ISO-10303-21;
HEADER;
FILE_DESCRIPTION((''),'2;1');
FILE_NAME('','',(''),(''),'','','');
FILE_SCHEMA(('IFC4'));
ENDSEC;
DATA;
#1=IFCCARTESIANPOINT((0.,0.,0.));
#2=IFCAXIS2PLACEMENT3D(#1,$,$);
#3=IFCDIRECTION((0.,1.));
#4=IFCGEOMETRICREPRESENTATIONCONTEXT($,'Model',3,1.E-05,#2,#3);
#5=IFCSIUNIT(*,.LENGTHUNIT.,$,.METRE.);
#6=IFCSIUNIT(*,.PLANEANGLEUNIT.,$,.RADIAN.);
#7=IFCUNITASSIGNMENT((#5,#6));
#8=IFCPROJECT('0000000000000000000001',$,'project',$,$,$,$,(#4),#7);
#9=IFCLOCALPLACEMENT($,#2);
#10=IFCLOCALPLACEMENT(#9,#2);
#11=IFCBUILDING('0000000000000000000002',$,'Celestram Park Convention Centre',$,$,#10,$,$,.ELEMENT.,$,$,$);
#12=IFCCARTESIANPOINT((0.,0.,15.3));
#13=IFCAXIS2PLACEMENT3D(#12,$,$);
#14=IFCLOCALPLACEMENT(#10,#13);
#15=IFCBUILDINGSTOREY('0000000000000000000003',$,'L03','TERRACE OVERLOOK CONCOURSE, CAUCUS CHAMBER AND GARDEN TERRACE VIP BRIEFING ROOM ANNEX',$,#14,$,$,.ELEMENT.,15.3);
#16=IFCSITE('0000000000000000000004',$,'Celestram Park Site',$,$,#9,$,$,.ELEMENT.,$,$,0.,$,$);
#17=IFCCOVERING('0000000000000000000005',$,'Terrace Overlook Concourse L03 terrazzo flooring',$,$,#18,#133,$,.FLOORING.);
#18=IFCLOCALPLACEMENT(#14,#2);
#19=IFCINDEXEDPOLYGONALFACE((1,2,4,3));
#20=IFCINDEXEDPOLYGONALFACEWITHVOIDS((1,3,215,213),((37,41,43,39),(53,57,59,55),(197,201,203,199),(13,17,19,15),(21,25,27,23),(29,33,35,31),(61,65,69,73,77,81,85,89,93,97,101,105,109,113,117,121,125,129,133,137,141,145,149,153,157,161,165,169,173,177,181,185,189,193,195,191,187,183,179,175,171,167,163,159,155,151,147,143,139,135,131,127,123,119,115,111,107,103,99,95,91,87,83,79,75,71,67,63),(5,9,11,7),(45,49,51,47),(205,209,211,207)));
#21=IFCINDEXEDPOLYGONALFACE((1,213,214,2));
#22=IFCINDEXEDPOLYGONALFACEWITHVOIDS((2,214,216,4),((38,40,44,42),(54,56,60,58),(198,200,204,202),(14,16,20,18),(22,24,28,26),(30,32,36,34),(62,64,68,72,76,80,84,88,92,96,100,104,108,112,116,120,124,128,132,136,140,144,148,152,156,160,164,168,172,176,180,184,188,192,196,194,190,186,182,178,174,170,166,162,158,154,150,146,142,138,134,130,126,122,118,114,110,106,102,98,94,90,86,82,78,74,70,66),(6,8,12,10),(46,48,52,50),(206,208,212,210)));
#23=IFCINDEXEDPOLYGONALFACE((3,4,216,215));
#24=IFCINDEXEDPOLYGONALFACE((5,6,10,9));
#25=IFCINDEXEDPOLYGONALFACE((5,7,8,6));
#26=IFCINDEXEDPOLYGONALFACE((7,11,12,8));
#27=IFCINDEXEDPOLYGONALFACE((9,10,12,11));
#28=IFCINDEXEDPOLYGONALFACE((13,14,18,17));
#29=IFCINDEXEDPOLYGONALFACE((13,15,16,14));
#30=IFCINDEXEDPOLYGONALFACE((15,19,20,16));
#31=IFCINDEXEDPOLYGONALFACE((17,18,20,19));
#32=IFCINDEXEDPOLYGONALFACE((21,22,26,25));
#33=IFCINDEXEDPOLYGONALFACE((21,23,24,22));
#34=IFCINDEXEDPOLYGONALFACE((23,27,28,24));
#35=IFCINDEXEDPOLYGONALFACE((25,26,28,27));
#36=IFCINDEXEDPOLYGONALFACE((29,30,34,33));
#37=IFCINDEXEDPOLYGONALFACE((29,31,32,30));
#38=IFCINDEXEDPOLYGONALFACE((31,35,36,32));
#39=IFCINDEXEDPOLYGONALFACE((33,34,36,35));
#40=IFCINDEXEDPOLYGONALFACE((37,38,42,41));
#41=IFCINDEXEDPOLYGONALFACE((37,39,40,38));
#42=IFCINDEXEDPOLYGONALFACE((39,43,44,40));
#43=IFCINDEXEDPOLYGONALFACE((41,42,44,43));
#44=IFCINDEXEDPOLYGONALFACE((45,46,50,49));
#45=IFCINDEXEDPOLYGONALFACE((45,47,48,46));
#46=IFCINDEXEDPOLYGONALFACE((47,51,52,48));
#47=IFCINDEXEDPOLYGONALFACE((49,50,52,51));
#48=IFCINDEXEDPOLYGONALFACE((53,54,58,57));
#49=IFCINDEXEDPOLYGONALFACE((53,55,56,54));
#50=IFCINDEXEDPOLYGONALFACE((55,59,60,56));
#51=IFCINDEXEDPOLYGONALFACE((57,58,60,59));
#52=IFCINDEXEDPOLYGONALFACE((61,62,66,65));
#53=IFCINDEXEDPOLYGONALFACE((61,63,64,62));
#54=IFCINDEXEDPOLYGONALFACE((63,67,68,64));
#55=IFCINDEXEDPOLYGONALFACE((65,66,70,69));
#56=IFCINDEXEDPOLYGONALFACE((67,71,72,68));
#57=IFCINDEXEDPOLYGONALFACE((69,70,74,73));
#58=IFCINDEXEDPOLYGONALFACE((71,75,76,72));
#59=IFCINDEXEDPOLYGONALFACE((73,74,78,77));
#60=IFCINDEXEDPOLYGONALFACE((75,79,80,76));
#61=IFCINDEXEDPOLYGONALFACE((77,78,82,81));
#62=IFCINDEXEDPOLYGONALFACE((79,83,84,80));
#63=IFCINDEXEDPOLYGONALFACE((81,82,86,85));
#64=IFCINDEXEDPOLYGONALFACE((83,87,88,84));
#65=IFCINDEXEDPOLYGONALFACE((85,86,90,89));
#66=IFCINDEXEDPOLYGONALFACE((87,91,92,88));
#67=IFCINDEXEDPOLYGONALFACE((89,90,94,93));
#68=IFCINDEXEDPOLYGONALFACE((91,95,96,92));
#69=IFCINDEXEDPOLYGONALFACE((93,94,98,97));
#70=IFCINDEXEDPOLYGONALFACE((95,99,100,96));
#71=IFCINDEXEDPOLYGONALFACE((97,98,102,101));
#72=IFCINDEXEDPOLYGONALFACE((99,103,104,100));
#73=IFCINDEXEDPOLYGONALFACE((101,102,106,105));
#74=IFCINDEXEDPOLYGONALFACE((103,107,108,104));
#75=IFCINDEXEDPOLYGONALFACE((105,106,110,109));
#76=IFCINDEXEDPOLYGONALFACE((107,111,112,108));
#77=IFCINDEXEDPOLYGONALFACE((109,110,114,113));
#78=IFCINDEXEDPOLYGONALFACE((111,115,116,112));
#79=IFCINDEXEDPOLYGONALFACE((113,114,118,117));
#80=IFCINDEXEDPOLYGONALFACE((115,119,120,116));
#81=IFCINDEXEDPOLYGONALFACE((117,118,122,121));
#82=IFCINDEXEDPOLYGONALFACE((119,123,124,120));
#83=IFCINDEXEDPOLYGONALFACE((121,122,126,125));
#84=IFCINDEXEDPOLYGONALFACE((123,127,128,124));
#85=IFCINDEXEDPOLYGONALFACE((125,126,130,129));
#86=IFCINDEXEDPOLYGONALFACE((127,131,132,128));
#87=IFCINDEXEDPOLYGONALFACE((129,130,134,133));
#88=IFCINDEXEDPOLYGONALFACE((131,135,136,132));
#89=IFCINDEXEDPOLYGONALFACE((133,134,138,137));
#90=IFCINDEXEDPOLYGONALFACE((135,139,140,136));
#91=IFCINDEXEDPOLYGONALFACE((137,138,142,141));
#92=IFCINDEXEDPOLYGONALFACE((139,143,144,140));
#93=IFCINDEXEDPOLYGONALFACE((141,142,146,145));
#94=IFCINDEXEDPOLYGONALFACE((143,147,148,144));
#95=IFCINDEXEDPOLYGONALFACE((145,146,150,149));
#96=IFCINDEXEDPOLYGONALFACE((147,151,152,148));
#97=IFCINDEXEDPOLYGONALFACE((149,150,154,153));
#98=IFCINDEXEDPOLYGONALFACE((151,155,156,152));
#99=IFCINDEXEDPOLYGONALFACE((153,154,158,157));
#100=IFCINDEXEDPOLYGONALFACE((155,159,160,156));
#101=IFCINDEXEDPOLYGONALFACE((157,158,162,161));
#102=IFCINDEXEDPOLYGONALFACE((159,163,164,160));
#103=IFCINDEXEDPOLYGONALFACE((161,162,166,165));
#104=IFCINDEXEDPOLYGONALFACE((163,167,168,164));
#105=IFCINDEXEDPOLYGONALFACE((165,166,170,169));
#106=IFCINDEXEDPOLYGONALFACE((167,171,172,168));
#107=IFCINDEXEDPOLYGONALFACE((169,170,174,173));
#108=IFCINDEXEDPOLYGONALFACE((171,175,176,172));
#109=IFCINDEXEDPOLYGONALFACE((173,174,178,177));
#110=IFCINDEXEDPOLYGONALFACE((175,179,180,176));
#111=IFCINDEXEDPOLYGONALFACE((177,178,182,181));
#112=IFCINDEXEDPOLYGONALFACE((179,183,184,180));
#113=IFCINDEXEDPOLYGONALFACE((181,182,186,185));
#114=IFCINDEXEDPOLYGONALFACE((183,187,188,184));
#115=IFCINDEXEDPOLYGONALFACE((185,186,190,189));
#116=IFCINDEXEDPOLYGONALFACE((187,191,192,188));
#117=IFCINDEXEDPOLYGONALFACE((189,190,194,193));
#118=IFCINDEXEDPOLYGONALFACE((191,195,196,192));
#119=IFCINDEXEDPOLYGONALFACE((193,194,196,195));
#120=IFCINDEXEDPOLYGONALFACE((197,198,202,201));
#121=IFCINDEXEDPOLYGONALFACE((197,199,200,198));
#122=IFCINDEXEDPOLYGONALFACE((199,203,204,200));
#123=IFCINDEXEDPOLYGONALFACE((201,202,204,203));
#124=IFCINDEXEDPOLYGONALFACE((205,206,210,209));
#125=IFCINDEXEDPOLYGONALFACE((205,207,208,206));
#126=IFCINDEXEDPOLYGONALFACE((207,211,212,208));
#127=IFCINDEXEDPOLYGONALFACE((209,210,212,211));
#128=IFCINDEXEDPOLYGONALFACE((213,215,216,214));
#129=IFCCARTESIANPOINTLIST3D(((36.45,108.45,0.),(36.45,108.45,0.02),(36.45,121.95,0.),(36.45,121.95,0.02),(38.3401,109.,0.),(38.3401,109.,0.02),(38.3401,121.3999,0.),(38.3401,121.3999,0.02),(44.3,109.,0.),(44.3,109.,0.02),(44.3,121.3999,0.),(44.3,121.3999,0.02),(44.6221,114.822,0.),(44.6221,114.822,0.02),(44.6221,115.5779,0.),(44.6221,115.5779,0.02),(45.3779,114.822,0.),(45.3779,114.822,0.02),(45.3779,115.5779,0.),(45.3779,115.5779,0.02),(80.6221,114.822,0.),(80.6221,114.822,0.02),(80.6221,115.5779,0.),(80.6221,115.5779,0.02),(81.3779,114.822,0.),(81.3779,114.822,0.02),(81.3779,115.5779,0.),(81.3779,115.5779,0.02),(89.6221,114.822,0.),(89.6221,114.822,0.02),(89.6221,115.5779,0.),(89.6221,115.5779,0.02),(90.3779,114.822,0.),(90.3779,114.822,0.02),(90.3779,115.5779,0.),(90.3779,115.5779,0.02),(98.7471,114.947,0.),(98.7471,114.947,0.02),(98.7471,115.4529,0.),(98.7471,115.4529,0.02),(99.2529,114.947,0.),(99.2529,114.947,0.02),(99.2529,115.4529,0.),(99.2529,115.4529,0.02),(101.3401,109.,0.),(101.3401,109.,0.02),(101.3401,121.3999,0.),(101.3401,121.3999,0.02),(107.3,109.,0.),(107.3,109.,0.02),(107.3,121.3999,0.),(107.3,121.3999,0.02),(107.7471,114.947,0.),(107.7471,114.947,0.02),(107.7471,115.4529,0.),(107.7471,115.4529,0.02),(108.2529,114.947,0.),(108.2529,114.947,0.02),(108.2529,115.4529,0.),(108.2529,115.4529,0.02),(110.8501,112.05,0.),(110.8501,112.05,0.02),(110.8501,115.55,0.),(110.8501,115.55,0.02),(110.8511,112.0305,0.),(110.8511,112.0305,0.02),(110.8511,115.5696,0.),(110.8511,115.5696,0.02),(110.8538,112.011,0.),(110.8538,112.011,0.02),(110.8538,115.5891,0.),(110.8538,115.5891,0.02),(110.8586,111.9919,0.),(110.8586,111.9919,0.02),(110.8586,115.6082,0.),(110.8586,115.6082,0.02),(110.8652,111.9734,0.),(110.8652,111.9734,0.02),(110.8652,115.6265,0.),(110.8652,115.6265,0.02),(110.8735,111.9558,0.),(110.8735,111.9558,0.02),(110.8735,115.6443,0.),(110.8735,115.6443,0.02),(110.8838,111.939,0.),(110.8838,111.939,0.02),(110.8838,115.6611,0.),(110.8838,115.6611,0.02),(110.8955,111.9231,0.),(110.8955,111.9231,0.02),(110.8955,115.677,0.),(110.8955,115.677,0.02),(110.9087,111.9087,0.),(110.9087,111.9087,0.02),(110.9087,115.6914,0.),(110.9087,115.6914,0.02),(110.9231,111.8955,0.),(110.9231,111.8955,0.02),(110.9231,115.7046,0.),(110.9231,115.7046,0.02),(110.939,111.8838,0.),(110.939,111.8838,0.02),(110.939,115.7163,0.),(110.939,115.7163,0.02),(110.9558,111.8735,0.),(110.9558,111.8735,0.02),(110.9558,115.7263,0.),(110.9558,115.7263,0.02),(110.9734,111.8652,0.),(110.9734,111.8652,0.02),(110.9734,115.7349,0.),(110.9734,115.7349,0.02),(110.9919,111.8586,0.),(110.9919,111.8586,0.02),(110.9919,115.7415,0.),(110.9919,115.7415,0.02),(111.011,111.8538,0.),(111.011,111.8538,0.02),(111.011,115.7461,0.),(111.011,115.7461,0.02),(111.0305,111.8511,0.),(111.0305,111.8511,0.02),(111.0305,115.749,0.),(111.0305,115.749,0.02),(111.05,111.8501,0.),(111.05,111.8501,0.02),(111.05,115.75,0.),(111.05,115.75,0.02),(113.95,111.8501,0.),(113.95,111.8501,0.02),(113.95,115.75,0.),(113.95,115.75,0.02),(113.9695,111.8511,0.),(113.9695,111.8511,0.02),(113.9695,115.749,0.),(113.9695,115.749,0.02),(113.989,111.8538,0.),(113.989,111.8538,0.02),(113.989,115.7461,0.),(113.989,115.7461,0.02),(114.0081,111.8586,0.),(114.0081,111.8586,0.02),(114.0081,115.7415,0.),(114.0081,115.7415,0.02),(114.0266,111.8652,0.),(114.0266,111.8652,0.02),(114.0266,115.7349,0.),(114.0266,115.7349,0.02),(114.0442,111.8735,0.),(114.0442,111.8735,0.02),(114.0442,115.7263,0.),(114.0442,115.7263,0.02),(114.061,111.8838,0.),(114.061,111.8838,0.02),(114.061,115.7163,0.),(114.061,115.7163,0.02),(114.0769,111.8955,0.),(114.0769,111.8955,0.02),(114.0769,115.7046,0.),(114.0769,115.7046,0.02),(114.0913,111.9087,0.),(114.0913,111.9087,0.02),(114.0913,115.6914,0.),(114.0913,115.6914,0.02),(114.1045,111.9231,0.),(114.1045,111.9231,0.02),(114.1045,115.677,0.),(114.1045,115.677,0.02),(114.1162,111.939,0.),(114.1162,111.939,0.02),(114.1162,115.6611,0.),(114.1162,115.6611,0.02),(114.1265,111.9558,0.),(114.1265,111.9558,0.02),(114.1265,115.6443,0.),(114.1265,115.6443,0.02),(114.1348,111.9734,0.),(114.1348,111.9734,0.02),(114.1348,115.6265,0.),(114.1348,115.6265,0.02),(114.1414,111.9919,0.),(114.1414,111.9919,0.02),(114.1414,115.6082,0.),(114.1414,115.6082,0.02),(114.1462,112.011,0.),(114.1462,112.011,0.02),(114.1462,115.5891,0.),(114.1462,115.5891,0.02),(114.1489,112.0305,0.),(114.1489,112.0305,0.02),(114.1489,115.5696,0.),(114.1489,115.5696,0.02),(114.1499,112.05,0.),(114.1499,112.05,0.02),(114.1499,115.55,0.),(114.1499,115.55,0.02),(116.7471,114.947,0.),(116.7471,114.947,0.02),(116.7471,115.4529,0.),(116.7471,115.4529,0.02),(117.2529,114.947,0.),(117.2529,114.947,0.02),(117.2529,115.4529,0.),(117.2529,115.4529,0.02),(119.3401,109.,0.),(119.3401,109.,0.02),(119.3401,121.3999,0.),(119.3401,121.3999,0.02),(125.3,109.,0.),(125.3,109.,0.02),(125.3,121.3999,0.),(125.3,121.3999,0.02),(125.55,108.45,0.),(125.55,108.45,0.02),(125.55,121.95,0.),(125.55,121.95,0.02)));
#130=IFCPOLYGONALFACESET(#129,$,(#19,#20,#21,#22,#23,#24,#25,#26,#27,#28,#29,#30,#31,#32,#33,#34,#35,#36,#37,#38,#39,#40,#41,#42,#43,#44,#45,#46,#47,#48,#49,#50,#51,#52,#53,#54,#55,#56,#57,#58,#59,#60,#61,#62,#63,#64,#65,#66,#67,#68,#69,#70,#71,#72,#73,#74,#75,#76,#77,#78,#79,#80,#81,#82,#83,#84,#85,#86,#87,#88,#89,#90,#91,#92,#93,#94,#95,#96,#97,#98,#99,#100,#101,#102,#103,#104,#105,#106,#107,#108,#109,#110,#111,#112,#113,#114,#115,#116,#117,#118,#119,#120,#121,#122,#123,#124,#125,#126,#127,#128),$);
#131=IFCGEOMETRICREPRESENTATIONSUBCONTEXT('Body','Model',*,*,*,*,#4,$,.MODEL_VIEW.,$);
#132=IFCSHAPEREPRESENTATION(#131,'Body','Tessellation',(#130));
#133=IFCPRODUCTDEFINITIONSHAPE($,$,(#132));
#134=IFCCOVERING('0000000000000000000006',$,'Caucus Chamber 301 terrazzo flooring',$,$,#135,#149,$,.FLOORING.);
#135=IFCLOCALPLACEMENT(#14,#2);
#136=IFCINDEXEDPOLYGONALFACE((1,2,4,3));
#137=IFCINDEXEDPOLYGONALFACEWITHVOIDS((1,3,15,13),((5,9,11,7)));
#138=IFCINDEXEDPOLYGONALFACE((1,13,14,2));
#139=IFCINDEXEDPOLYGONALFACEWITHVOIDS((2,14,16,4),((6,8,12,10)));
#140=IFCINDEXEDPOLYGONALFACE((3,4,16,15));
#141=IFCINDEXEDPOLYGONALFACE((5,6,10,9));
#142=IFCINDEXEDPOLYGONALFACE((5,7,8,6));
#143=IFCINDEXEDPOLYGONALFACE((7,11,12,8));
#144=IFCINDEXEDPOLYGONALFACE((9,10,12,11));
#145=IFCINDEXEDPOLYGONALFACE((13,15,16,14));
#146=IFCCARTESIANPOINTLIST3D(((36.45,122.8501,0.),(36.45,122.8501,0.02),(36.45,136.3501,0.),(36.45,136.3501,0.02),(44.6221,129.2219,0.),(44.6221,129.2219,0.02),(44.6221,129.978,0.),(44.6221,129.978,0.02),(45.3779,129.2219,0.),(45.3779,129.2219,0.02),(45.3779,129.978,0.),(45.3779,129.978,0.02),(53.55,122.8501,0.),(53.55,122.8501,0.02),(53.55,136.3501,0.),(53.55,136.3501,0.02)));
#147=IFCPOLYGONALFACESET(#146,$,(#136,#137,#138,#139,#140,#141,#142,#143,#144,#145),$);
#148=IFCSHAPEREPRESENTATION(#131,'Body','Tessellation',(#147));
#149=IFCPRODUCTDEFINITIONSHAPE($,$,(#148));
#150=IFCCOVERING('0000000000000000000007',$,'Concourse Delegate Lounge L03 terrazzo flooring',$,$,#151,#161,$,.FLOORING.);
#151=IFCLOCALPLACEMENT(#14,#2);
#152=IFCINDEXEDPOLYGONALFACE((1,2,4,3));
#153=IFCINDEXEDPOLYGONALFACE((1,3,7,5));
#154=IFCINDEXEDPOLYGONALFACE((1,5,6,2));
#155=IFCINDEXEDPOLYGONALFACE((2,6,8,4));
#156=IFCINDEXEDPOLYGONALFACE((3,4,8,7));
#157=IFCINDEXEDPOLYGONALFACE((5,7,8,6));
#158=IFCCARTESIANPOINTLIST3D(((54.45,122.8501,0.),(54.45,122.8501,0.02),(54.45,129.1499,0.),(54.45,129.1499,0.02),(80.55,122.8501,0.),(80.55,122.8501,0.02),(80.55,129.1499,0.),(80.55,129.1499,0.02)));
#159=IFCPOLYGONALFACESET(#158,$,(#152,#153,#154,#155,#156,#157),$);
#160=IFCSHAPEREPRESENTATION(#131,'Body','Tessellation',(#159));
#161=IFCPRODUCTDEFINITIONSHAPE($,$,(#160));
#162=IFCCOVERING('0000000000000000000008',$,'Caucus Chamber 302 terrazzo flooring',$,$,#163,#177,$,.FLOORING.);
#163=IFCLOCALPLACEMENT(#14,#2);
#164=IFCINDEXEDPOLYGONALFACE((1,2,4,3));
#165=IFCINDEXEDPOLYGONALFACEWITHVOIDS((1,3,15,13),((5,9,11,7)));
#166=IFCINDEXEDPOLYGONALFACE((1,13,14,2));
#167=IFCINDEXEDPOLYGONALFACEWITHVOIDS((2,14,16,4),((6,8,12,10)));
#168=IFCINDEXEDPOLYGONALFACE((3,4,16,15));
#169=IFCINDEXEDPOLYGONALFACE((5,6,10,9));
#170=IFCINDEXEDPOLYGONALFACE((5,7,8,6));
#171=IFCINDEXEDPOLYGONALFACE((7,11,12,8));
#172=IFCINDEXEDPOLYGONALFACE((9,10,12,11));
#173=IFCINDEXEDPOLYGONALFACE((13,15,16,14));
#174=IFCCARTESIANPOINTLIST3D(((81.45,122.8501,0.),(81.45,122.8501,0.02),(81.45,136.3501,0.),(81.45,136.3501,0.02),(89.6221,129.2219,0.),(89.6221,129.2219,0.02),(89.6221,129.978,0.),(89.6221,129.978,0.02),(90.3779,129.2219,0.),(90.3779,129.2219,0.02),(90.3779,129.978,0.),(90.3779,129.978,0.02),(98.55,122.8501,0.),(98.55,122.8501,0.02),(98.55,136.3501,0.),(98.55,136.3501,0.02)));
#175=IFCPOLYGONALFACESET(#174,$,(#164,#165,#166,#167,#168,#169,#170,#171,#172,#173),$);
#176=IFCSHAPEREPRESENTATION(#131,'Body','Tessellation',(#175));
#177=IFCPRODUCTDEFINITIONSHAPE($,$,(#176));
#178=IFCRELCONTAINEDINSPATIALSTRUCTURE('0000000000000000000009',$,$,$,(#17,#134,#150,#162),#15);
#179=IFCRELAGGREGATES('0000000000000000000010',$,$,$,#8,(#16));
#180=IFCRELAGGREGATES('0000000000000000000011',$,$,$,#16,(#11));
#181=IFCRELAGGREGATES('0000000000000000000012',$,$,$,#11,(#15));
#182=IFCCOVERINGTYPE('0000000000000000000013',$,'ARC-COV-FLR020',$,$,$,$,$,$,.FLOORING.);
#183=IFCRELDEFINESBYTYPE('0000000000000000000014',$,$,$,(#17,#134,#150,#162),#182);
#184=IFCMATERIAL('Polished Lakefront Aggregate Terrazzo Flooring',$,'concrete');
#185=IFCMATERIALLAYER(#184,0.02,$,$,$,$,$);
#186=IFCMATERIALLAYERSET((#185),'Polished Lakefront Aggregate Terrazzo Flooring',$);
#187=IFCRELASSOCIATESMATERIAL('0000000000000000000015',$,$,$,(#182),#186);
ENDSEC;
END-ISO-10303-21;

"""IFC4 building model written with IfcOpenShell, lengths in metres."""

from ifc_helpers import new_model, si_unit, direction, frame, origin, place, context, subcontext, project, spatial, polyline, outline, extrude, material, layer, layer_set, type_object, element, save


model = new_model("IFC4")

# Units and contexts
model_context = context("Model", 3, precision=1e-05, world=origin(), true_north=direction((0.0, 1.0)))
body_context = subcontext(model_context, "Body", "Model", "MODEL_VIEW")
ifc_project = project(units=[si_unit("LENGTHUNIT", "METRE"), si_unit("PLANEANGLEUNIT", "RADIAN")], contexts=[model_context])

# Site, building, storey
site_placement = place(None, origin())
site = spatial("IfcSite", under=ifc_project, at=site_placement, Name="Celestram Park Site", CompositionType="ELEMENT", RefElevation=0.0)
building_placement = place(site_placement, origin())
building = spatial("IfcBuilding", under=site, at=building_placement, Name="Celestram Park Convention Centre", CompositionType="ELEMENT")
storey_placement = place(building_placement, frame((0.0, 0.0, 15.3)))
storey = spatial("IfcBuildingStorey", under=building, at=storey_placement, Name="L03", Description="TERRACE OVERLOOK CONCOURSE, CAUCUS CHAMBER AND GARDEN TERRACE VIP BRIEFING ROOM ANNEX", CompositionType="ELEMENT", Elevation=15.3)

# Coverings
ifc_material_1 = material(Name="Polished Lakefront Aggregate Terrazzo Flooring", Category="concrete")
ifc_layer_1 = layer(ifc_material_1, 0.02)
ifc_layer_set_1 = layer_set([ifc_layer_1], Name="Polished Lakefront Aggregate Terrazzo Flooring")
covering_type_1 = type_object("IfcCoveringType", Name="ARC-COV-FLR020", PredefinedType="FLOORING", material=ifc_layer_set_1)
covering_1_placement = place(storey_placement, origin())
element("IfcCovering", 1, at=covering_1_placement, inside=storey, type_object=covering_type_1, Name="Terrace Overlook Concourse L03 terrazzo flooring", PredefinedType="FLOORING", context=body_context, shape_type="SweptSolid", body=[
    extrude(outline(polyline([(125.55, 121.95), (125.55, 108.45), (36.45, 108.45), (36.45, 121.95), (125.55, 121.95)]), holes=[polyline([(114.1414, 115.6082), (114.1348, 115.6265), (114.1265, 115.6443), (114.1162, 115.6611), (114.1045, 115.677), (114.0913, 115.6914), (114.0769, 115.7046), (114.061, 115.7163), (114.0442, 115.7263), (114.0266, 115.7349), (114.0081, 115.7415), (113.989, 115.7461), (113.9695, 115.749), (113.95, 115.75), (111.05, 115.75), (111.0305, 115.749), (111.011, 115.7461), (110.9919, 115.7415), (110.9734, 115.7349), (110.9558, 115.7263), (110.939, 115.7163), (110.9231, 115.7046), (110.9087, 115.6914), (110.8955, 115.677), (110.8838, 115.6611), (110.8735, 115.6443), (110.8652, 115.6265), (110.8586, 115.6082), (110.8538, 115.5891), (110.8511, 115.5696), (110.8501, 115.55), (110.8501, 112.05), (110.8511, 112.0305), (110.8538, 112.011), (110.8586, 111.9919), (110.8652, 111.9734), (110.8735, 111.9558), (110.8838, 111.939), (110.8955, 111.9231), (110.9087, 111.9087), (110.9231, 111.8955), (110.939, 111.8838), (110.9558, 111.8735), (110.9734, 111.8652), (110.9919, 111.8586), (111.011, 111.8538), (111.0305, 111.8511), (111.05, 111.8501), (113.95, 111.8501), (113.9695, 111.8511), (113.989, 111.8538), (114.0081, 111.8586), (114.0266, 111.8652), (114.0442, 111.8735), (114.061, 111.8838), (114.0769, 111.8955), (114.0913, 111.9087), (114.1045, 111.9231), (114.1162, 111.939), (114.1265, 111.9558), (114.1348, 111.9734), (114.1414, 111.9919), (114.1462, 112.011), (114.1489, 112.0305), (114.1499, 112.05), (114.1499, 115.55), (114.1489, 115.5696), (114.1462, 115.5891), (114.1414, 115.6082)]), polyline([(38.3401, 121.3999), (38.3401, 109.0), (44.3, 109.0), (44.3, 121.3999), (38.3401, 121.3999)]), polyline([(107.3, 121.3999), (101.3401, 121.3999), (101.3401, 109.0), (107.3, 109.0), (107.3, 121.3999)]), polyline([(125.3, 121.3999), (119.3401, 121.3999), (119.3401, 109.0), (125.3, 109.0), (125.3, 121.3999)]), polyline([(44.6221, 115.5779), (44.6221, 114.822), (45.3779, 114.822), (45.3779, 115.5779), (44.6221, 115.5779)]), polyline([(98.7471, 115.4529), (98.7471, 114.947), (99.2529, 114.947), (99.2529, 115.4529), (98.7471, 115.4529)]), polyline([(81.3779, 115.5779), (80.6221, 115.5779), (80.6221, 114.822), (81.3779, 114.822), (81.3779, 115.5779)]), polyline([(90.3779, 115.5779), (89.6221, 115.5779), (89.6221, 114.822), (90.3779, 114.822), (90.3779, 115.5779)]), polyline([(117.2529, 115.4529), (116.7471, 115.4529), (116.7471, 114.947), (117.2529, 114.947), (117.2529, 115.4529)]), polyline([(108.2529, 115.4529), (107.7471, 115.4529), (107.7471, 114.947), (108.2529, 114.947), (108.2529, 115.4529)])]), origin(), (0.0, 0.0, 1.0), 0.02),
])
covering_2_placement = place(storey_placement, origin())
element("IfcCovering", 2, at=covering_2_placement, inside=storey, type_object=covering_type_1, Name="Caucus Chamber 301 terrazzo flooring", PredefinedType="FLOORING", context=body_context, shape_type="SweptSolid", body=[
    extrude(outline(polyline([(53.55, 136.3501), (53.55, 122.8501), (36.45, 122.8501), (36.45, 136.3501), (53.55, 136.3501)]), holes=[polyline([(45.3779, 129.978), (44.6221, 129.978), (44.6221, 129.2219), (45.3779, 129.2219), (45.3779, 129.978)])]), origin(), (0.0, 0.0, 1.0), 0.02),
])
covering_3_placement = place(storey_placement, origin())
element("IfcCovering", 3, at=covering_3_placement, inside=storey, type_object=covering_type_1, Name="Concourse Delegate Lounge L03 terrazzo flooring", PredefinedType="FLOORING", context=body_context, shape_type="SweptSolid", body=[
    extrude(outline(polyline([(80.55, 129.1499), (80.55, 122.8501), (54.45, 122.8501), (54.45, 129.1499), (80.55, 129.1499)])), origin(), (0.0, 0.0, 1.0), 0.02),
])
covering_4_placement = place(storey_placement, origin())
element("IfcCovering", 4, at=covering_4_placement, inside=storey, type_object=covering_type_1, Name="Caucus Chamber 302 terrazzo flooring", PredefinedType="FLOORING", context=body_context, shape_type="SweptSolid", body=[
    extrude(outline(polyline([(98.55, 136.3501), (98.55, 122.8501), (81.45, 122.8501), (81.45, 136.3501), (98.55, 136.3501)]), holes=[polyline([(89.6221, 129.978), (89.6221, 129.2219), (90.3779, 129.2219), (90.3779, 129.978), (89.6221, 129.978)])]), origin(), (0.0, 0.0, 1.0), 0.02),
])

save(model, "model.ifc")
